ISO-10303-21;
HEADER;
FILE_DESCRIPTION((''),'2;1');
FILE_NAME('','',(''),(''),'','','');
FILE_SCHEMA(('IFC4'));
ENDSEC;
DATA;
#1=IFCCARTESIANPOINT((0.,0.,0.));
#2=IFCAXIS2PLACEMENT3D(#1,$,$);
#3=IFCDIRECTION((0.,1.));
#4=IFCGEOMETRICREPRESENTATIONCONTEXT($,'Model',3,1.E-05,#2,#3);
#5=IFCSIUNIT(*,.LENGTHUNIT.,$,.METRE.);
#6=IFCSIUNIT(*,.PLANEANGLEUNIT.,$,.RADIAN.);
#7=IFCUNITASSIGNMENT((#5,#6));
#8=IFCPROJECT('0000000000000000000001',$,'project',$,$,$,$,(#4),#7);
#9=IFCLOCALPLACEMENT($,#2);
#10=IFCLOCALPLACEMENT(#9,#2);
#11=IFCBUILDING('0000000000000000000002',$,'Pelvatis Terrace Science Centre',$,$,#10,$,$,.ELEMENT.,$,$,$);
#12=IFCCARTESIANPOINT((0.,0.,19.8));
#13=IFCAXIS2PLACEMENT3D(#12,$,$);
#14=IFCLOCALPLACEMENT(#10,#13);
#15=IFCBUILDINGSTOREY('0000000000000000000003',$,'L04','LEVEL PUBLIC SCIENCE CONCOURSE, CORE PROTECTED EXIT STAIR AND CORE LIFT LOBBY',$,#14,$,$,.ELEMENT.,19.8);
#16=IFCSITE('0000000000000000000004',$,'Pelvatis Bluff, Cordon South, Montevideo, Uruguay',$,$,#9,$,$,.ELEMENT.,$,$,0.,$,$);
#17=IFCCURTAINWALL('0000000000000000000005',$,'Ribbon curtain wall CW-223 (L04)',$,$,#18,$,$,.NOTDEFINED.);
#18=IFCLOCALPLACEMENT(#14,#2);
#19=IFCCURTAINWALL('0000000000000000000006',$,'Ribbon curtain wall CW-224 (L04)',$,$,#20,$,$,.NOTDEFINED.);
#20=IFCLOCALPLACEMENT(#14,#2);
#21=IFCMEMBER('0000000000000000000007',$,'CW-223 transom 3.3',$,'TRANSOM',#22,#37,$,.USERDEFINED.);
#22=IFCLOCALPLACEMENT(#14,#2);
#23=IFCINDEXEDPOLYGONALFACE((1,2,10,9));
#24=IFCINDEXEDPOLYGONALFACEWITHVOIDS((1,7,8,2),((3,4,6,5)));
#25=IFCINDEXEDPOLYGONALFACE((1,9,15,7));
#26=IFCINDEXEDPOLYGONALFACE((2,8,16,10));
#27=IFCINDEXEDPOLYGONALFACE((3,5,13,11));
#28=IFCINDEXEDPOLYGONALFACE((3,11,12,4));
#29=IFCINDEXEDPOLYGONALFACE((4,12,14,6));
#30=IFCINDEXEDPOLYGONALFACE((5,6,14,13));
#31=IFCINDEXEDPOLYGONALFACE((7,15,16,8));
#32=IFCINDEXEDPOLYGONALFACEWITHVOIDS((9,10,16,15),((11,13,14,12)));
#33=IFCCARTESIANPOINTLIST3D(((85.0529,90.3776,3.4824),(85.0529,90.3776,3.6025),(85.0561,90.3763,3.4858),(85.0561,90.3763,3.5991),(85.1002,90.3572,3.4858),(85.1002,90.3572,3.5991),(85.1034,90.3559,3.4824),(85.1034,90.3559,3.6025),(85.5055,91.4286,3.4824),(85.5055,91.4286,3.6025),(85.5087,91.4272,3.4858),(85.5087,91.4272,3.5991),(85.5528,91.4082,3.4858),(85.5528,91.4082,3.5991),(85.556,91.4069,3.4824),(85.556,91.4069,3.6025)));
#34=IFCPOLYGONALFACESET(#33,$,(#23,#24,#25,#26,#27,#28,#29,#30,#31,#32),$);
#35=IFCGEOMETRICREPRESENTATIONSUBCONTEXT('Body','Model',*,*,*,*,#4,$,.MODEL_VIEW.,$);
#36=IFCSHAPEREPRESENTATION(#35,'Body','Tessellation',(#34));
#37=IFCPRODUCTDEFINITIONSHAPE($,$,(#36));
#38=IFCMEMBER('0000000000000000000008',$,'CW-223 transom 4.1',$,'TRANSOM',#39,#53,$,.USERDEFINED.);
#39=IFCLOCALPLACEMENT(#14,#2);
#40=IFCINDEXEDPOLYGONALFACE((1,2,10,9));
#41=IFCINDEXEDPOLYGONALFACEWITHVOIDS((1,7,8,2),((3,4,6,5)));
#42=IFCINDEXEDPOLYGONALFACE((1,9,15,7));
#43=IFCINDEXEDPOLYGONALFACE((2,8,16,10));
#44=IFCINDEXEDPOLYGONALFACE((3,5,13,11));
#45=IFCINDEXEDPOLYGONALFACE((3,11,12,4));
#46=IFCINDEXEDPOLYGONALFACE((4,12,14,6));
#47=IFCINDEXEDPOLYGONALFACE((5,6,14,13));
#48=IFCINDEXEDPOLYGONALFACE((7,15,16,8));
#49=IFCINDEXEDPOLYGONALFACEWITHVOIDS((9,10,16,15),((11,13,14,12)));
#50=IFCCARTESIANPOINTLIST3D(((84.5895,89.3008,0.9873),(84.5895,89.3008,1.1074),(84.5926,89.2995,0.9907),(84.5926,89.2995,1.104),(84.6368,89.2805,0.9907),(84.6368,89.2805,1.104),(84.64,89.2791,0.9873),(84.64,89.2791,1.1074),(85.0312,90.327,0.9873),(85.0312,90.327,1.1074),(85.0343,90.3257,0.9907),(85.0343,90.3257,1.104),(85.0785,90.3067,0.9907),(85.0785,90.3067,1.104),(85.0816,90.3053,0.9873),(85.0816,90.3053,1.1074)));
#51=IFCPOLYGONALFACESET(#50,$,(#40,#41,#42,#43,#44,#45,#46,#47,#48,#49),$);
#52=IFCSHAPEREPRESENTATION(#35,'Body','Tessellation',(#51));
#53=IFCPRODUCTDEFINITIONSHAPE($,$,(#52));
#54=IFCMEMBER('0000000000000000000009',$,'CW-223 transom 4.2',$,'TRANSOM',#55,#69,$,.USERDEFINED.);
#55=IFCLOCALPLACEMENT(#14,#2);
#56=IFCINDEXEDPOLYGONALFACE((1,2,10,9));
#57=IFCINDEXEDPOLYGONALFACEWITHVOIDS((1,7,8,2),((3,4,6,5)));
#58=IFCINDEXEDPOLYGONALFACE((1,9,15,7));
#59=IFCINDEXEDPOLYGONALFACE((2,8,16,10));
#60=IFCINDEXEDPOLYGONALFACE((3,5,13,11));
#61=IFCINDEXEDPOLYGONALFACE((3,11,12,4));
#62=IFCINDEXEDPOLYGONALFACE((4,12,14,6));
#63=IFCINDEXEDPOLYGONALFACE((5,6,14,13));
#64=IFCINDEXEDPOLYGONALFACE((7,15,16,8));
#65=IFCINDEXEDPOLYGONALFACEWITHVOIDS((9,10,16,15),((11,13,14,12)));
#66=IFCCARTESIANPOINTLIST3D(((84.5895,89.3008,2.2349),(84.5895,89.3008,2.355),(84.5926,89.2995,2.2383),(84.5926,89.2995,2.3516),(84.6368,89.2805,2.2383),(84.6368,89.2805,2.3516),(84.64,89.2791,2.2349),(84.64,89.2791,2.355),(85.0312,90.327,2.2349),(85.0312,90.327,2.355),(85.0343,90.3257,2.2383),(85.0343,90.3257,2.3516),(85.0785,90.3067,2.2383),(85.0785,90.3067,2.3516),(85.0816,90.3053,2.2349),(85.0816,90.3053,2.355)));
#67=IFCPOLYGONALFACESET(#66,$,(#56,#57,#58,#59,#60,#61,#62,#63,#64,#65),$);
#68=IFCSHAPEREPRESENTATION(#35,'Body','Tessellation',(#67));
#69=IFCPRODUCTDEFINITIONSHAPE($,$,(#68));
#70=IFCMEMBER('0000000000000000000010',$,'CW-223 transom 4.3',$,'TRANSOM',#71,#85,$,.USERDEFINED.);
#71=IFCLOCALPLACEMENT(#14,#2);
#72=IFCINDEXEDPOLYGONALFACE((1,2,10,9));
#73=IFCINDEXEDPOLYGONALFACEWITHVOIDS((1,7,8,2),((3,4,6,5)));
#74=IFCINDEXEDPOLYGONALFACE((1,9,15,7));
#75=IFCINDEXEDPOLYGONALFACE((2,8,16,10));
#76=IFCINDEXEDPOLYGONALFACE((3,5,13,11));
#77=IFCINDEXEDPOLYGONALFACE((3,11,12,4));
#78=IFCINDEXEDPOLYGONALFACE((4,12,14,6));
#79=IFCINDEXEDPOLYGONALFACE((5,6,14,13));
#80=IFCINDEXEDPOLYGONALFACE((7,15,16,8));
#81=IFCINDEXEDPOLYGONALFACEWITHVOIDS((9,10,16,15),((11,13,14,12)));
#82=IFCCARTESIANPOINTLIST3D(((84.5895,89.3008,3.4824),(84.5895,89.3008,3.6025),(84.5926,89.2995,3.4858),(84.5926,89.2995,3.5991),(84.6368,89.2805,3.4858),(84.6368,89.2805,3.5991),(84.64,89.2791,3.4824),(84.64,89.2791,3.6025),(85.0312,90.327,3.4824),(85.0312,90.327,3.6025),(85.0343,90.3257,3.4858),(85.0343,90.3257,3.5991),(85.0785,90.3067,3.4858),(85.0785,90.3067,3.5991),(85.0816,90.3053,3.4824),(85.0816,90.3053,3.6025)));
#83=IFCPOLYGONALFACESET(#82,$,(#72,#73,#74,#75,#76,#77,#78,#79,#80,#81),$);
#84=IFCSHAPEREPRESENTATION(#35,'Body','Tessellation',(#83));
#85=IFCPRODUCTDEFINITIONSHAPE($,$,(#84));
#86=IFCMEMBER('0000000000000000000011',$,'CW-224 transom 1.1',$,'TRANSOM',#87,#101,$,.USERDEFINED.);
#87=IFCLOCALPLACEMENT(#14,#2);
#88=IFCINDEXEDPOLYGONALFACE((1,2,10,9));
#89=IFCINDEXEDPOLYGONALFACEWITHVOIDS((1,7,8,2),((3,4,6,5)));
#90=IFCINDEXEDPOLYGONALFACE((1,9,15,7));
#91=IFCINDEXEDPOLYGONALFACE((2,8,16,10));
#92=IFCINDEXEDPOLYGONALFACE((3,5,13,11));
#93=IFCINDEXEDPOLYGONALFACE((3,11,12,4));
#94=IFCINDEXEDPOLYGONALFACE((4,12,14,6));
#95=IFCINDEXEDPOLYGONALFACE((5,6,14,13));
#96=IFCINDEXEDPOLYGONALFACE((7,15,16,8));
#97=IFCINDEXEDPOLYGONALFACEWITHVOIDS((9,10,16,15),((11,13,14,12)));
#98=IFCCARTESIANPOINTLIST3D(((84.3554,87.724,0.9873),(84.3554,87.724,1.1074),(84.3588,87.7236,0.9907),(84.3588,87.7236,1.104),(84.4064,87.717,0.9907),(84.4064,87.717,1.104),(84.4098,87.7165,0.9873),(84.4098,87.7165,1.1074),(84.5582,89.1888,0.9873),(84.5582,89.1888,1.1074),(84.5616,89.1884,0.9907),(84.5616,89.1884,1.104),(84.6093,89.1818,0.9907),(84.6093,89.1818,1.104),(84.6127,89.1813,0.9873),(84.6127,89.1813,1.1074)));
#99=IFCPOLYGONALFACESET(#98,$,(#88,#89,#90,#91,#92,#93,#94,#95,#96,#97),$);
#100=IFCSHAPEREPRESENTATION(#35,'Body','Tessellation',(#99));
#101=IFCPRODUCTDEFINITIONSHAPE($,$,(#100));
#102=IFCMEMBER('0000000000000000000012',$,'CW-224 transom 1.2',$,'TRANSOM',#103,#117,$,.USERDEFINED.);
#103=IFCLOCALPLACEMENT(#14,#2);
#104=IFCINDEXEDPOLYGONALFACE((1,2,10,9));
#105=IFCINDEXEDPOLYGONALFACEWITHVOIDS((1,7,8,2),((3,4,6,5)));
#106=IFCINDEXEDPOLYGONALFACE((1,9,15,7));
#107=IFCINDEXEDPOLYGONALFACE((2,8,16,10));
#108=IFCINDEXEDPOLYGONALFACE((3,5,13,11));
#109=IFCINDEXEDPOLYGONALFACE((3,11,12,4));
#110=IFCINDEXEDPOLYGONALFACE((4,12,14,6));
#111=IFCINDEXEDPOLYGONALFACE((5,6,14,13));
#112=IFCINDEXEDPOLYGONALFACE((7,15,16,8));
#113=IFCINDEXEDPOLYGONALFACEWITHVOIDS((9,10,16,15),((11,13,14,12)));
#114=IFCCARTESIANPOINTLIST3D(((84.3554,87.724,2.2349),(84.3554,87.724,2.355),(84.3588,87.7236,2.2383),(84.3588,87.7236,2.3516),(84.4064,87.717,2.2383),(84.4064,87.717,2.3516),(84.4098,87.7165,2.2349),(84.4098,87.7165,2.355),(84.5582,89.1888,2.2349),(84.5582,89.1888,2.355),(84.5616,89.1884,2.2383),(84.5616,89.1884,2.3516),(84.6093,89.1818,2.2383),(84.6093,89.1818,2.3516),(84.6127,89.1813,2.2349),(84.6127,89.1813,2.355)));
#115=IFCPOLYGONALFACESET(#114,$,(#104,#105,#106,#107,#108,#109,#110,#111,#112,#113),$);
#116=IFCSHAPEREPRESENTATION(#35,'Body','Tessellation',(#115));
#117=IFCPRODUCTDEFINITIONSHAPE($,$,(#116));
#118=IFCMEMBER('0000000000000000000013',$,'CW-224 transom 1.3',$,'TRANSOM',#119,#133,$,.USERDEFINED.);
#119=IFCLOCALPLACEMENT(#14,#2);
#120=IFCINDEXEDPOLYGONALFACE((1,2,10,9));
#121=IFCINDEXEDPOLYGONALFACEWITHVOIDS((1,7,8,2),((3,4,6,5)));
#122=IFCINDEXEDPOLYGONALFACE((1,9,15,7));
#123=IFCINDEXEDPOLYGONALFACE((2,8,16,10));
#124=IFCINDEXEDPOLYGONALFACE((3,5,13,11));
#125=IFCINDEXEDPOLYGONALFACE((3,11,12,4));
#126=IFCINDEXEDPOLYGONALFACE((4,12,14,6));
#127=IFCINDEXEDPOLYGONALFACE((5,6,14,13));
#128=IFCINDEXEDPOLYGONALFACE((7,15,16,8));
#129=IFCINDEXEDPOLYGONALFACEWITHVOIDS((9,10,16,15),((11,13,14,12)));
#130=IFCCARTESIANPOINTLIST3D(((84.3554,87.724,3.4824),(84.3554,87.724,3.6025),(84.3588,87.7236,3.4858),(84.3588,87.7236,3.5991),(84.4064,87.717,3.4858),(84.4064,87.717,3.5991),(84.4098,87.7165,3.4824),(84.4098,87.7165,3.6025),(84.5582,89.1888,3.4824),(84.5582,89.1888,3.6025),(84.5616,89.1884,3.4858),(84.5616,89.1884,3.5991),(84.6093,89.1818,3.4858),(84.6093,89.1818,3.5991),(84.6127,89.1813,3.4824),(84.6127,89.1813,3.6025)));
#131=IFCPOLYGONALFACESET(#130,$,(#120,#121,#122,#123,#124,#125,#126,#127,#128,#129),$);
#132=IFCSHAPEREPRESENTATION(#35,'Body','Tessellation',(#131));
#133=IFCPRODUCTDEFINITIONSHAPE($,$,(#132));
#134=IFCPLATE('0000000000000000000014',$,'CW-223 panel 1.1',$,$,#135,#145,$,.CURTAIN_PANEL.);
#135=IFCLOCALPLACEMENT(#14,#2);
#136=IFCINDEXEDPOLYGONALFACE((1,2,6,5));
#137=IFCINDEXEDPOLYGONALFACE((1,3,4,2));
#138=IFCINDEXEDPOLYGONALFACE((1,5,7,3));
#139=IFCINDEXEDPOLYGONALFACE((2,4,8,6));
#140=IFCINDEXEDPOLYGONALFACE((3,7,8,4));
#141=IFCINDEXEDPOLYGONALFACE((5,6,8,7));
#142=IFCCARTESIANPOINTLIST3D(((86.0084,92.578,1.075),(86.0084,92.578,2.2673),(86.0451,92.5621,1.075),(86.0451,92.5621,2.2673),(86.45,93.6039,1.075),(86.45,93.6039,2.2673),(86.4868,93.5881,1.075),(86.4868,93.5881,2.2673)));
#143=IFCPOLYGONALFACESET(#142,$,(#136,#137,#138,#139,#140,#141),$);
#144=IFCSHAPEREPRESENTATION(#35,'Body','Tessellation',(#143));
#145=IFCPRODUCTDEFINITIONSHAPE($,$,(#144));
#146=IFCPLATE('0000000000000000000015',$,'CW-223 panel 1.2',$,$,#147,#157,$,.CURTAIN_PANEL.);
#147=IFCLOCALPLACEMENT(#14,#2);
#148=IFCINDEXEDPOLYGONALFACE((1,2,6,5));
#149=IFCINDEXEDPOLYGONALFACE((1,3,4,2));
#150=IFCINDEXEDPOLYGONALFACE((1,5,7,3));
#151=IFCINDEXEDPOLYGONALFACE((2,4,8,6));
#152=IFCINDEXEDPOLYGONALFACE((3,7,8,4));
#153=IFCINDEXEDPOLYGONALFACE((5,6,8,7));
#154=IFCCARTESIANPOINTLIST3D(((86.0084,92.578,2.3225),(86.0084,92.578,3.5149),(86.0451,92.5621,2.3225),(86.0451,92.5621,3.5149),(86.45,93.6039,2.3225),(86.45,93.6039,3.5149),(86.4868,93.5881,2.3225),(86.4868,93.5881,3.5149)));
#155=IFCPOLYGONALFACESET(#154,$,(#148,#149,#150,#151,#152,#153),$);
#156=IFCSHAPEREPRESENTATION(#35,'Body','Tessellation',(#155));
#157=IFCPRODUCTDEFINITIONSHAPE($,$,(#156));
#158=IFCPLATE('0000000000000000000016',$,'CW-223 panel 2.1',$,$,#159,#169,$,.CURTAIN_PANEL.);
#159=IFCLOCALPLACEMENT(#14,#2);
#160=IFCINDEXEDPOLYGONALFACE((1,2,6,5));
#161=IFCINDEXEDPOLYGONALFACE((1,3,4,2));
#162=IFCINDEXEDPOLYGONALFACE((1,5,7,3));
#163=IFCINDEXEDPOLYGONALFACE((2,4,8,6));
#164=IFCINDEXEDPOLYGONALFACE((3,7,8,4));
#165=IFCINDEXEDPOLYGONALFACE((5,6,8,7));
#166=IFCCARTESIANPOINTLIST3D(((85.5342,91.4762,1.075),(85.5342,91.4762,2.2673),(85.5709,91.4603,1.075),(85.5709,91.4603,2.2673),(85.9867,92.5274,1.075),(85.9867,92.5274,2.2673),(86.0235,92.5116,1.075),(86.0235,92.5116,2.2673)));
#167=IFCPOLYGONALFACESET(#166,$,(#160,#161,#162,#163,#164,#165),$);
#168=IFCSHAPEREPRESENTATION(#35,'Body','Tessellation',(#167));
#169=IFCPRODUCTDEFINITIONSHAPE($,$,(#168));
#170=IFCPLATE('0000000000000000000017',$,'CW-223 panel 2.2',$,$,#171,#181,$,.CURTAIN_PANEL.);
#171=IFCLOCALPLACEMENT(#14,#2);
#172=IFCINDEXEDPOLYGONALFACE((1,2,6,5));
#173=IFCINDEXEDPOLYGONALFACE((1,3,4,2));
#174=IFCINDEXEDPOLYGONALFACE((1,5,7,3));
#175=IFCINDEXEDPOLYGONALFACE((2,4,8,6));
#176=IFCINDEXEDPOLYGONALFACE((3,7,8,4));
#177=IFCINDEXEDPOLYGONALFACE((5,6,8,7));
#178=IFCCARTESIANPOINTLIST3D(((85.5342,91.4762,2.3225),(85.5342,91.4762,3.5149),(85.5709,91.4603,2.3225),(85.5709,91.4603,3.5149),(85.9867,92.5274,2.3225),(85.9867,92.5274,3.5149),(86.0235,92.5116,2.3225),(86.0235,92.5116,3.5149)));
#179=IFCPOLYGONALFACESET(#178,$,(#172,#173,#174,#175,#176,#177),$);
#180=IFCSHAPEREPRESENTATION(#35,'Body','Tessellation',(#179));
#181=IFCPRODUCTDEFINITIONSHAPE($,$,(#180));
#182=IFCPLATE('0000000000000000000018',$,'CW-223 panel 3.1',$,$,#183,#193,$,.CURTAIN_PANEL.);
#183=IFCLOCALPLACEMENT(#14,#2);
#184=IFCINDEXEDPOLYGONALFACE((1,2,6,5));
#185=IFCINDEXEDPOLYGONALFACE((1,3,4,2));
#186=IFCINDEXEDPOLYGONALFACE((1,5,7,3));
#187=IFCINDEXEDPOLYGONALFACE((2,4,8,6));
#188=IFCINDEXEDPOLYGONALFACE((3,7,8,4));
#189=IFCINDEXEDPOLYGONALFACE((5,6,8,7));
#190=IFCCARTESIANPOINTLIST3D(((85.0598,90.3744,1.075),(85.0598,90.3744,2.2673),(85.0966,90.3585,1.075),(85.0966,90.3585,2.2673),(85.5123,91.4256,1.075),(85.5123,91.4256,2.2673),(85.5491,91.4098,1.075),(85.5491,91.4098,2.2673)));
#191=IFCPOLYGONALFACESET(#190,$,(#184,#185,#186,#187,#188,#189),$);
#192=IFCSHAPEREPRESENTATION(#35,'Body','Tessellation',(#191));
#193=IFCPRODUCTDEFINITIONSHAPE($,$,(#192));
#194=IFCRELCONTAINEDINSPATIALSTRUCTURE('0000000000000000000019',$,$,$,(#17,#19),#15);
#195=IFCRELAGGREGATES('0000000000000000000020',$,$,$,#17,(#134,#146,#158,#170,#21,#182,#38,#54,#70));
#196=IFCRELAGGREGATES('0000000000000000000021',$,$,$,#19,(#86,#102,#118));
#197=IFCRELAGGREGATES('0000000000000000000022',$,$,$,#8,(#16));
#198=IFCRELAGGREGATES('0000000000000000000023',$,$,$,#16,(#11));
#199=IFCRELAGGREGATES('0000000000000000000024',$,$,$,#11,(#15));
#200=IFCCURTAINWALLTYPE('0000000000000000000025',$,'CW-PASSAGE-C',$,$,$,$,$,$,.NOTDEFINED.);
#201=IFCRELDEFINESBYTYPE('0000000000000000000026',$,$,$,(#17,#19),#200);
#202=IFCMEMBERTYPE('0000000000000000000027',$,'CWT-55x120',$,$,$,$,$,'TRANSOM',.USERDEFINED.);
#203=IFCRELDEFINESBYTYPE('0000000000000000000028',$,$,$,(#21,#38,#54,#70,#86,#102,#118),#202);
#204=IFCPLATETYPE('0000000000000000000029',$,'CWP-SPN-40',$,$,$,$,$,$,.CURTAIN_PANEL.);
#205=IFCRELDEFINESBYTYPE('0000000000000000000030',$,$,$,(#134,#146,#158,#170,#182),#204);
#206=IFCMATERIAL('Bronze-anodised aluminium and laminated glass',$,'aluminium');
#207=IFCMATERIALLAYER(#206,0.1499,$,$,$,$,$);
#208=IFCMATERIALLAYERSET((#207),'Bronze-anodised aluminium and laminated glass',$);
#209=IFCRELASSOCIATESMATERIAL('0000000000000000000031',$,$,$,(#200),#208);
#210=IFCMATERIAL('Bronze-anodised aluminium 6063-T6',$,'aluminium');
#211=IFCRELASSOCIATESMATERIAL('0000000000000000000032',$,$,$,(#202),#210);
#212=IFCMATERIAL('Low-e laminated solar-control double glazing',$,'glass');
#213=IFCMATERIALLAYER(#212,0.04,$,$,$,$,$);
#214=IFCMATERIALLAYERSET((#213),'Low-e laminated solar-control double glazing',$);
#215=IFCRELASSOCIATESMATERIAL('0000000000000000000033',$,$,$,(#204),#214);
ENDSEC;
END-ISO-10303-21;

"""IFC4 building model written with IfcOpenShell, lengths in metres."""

from ifc_helpers import new_model, si_unit, direction, frame, origin, origin_2d, place, context, subcontext, project, spatial, rectangle, hollow_rectangle, extrude, material, layer, layer_set, material_profile, profile_set, type_object, element, aggregate, save


model = new_model("IFC4")

# Units and contexts
model_context = context("Model", 3, precision=1e-05, world=origin(), true_north=direction((0.0, 1.0)))
body_context = subcontext(model_context, "Body", "Model", "MODEL_VIEW")
ifc_project = project(units=[si_unit("LENGTHUNIT", "METRE"), si_unit("PLANEANGLEUNIT", "RADIAN")], contexts=[model_context])

# Site, building, storey
site_placement = place(None, origin())
site = spatial("IfcSite", under=ifc_project, at=site_placement, Name="Pelvatis Bluff, Cordon South, Montevideo, Uruguay", CompositionType="ELEMENT", RefElevation=0.0)
building_placement = place(site_placement, origin())
building = spatial("IfcBuilding", under=site, at=building_placement, Name="Pelvatis Terrace Science Centre", CompositionType="ELEMENT")
storey_placement = place(building_placement, frame((0.0, 0.0, 19.8)))
storey = spatial("IfcBuildingStorey", under=building, at=storey_placement, Name="L04", Description="LEVEL PUBLIC SCIENCE CONCOURSE, CORE PROTECTED EXIT STAIR AND CORE LIFT LOBBY", CompositionType="ELEMENT", Elevation=19.8)

# Curtain wall
ifc_material_1 = material(Name="Bronze-anodised aluminium and laminated glass", Category="aluminium")
ifc_layer_1 = layer(ifc_material_1, 0.1499)
ifc_layer_set_1 = layer_set([ifc_layer_1], Name="Bronze-anodised aluminium and laminated glass")
curtain_wall_type = type_object("IfcCurtainWallType", Name="CW-PASSAGE-C", PredefinedType="NOTDEFINED", material=ifc_layer_set_1)
curtain_wall_1_placement = place(storey_placement, origin())
curtain_wall_1 = element("IfcCurtainWall", 1, at=curtain_wall_1_placement, inside=storey, type_object=curtain_wall_type, Name="Ribbon curtain wall CW-223 (L04)", PredefinedType="NOTDEFINED")

# Curtain wall
curtain_wall_2_placement = place(storey_placement, origin())
curtain_wall_2 = element("IfcCurtainWall", 2, at=curtain_wall_2_placement, inside=storey, type_object=curtain_wall_type, Name="Ribbon curtain wall CW-224 (L04)", PredefinedType="NOTDEFINED")

# Members
ifc_material_2 = material(Name="Bronze-anodised aluminium 6063-T6", Category="aluminium")
ifc_material_profile_1 = material_profile(ifc_material_2, hollow_rectangle(XDim=0.0549, YDim=0.1201, WallThickness=0.0034, at=origin_2d()), Name="ALU-TRN 55x120")
ifc_profile_set_1 = profile_set([ifc_material_profile_1], Name="Bronze-anodised aluminium 6063-T6")
member_type_1 = type_object("IfcMemberType", Name="CWT-55x120", ElementType="TRANSOM", PredefinedType="USERDEFINED", material=ifc_profile_set_1)
member_1_placement = place(storey_placement, frame((85.5308, 91.4177, 3.5425), z_axis=(-0.395541, -0.918448, 0.0), x_axis=(0.918448, -0.395541, 0.0)))
member_1 = element("IfcMember", 3, at=member_1_placement, type_object=member_type_1, Name="CW-223 transom 3.3", ObjectType="TRANSOM", PredefinedType="USERDEFINED", context=body_context, shape_type="SweptSolid", body=[
    extrude(hollow_rectangle(XDim=0.0549, YDim=0.1201, WallThickness=0.0034, at=origin_2d()), origin(), (0.0, 0.0, 1.0), 1.1443),
])
member_2_placement = place(storey_placement, frame((85.0564, 90.3162, 1.0474), z_axis=(-0.395343, -0.918534, 0.0), x_axis=(0.918534, -0.395343, 0.0)))
member_2 = element("IfcMember", 4, at=member_2_placement, type_object=member_type_1, Name="CW-223 transom 4.1", ObjectType="TRANSOM", PredefinedType="USERDEFINED", context=body_context, shape_type="SweptSolid", body=[
    extrude(hollow_rectangle(XDim=0.0549, YDim=0.1201, WallThickness=0.0034, at=origin_2d()), origin(), (0.0, 0.0, 1.0), 1.1172),
])
member_3_placement = place(storey_placement, frame((85.0564, 90.3162, 2.2949), z_axis=(-0.395343, -0.918534, 0.0), x_axis=(0.918534, -0.395343, 0.0)))
member_3 = element("IfcMember", 5, at=member_3_placement, type_object=member_type_1, Name="CW-223 transom 4.2", ObjectType="TRANSOM", PredefinedType="USERDEFINED", context=body_context, shape_type="SweptSolid", body=[
    extrude(hollow_rectangle(XDim=0.0549, YDim=0.1201, WallThickness=0.0034, at=origin_2d()), origin(), (0.0, 0.0, 1.0), 1.1172),
])
member_4_placement = place(storey_placement, frame((85.0564, 90.3162, 3.5425), z_axis=(-0.395343, -0.918534, 0.0), x_axis=(0.918534, -0.395343, 0.0)))
member_4 = element("IfcMember", 6, at=member_4_placement, type_object=member_type_1, Name="CW-223 transom 4.3", ObjectType="TRANSOM", PredefinedType="USERDEFINED", context=body_context, shape_type="SweptSolid", body=[
    extrude(hollow_rectangle(XDim=0.0549, YDim=0.1201, WallThickness=0.0034, at=origin_2d()), origin(), (0.0, 0.0, 1.0), 1.1172),
])
member_5_placement = place(storey_placement, frame((84.5854, 89.1851, 1.0474), z_axis=(-0.13719, -0.990545, 0.0), x_axis=(0.990545, -0.13719, 0.0)))
member_5 = element("IfcMember", 7, at=member_5_placement, type_object=member_type_1, Name="CW-224 transom 1.1", ObjectType="TRANSOM", PredefinedType="USERDEFINED", context=body_context, shape_type="SweptSolid", body=[
    extrude(hollow_rectangle(XDim=0.0549, YDim=0.1201, WallThickness=0.0034, at=origin_2d()), origin(), (0.0, 0.0, 1.0), 1.4788),
])
member_6_placement = place(storey_placement, frame((84.5854, 89.1851, 2.2949), z_axis=(-0.13719, -0.990545, 0.0), x_axis=(0.990545, -0.13719, 0.0)))
member_6 = element("IfcMember", 8, at=member_6_placement, type_object=member_type_1, Name="CW-224 transom 1.2", ObjectType="TRANSOM", PredefinedType="USERDEFINED", context=body_context, shape_type="SweptSolid", body=[
    extrude(hollow_rectangle(XDim=0.0549, YDim=0.1201, WallThickness=0.0034, at=origin_2d()), origin(), (0.0, 0.0, 1.0), 1.4788),
])
member_7_placement = place(storey_placement, frame((84.5854, 89.1851, 3.5425), z_axis=(-0.13719, -0.990545, 0.0), x_axis=(0.990545, -0.13719, 0.0)))
member_7 = element("IfcMember", 9, at=member_7_placement, type_object=member_type_1, Name="CW-224 transom 1.3", ObjectType="TRANSOM", PredefinedType="USERDEFINED", context=body_context, shape_type="SweptSolid", body=[
    extrude(hollow_rectangle(XDim=0.0549, YDim=0.1201, WallThickness=0.0034, at=origin_2d()), origin(), (0.0, 0.0, 1.0), 1.4788),
])

# Plates
ifc_material_3 = material(Name="Low-e laminated solar-control double glazing", Category="glass")
ifc_layer_2 = layer(ifc_material_3, 0.04)
ifc_layer_set_2 = layer_set([ifc_layer_2], Name="Low-e laminated solar-control double glazing")
plate_type = type_object("IfcPlateType", Name="CWP-SPN-40", PredefinedType="CURTAIN_PANEL", material=ifc_layer_set_2)
plate_1_placement = place(storey_placement, frame((86.2476, 93.083, 1.075), z_axis=(0.0, 0.0, 1.0), x_axis=(-0.395385, -0.918515, 0.0)))
plate_1 = element("IfcPlate", 10, at=plate_1_placement, type_object=plate_type, Name="CW-223 panel 1.1", PredefinedType="CURTAIN_PANEL", context=body_context, shape_type="SweptSolid", body=[
    extrude(rectangle(XDim=1.1169, YDim=0.04, at=origin_2d()), origin(), (0.0, 0.0, 1.0), 1.1924),
])
plate_2_placement = place(storey_placement, frame((86.2476, 93.083, 2.3225), z_axis=(0.0, 0.0, 1.0), x_axis=(-0.395385, -0.918515, 0.0)))
plate_2 = element("IfcPlate", 11, at=plate_2_placement, type_object=plate_type, Name="CW-223 panel 1.2", PredefinedType="CURTAIN_PANEL", context=body_context, shape_type="SweptSolid", body=[
    extrude(rectangle(XDim=1.1169, YDim=0.04, at=origin_2d()), origin(), (0.0, 0.0, 1.0), 1.1924),
])
plate_3_placement = place(storey_placement, frame((85.7788, 91.9939, 1.075), z_axis=(0.0, 0.0, 1.0), x_axis=(-0.395385, -0.918515, 0.0)))
plate_3 = element("IfcPlate", 12, at=plate_3_placement, type_object=plate_type, Name="CW-223 panel 2.1", PredefinedType="CURTAIN_PANEL", context=body_context, shape_type="SweptSolid", body=[
    extrude(rectangle(XDim=1.1445, YDim=0.04, at=origin_2d()), origin(), (0.0, 0.0, 1.0), 1.1924),
])
plate_4_placement = place(storey_placement, frame((85.7788, 91.9939, 2.3225), z_axis=(0.0, 0.0, 1.0), x_axis=(-0.395385, -0.918515, 0.0)))
plate_4 = element("IfcPlate", 13, at=plate_4_placement, type_object=plate_type, Name="CW-223 panel 2.2", PredefinedType="CURTAIN_PANEL", context=body_context, shape_type="SweptSolid", body=[
    extrude(rectangle(XDim=1.1445, YDim=0.04, at=origin_2d()), origin(), (0.0, 0.0, 1.0), 1.1924),
])
plate_5_placement = place(storey_placement, frame((85.3044, 90.8921, 1.075), z_axis=(0.0, 0.0, 1.0), x_axis=(-0.395385, -0.918515, 0.0)))
plate_5 = element("IfcPlate", 14, at=plate_5_placement, type_object=plate_type, Name="CW-223 panel 3.1", PredefinedType="CURTAIN_PANEL", context=body_context, shape_type="SweptSolid", body=[
    extrude(rectangle(XDim=1.1445, YDim=0.04, at=origin_2d()), origin(), (0.0, 0.0, 1.0), 1.1924),
])
aggregate(curtain_wall_1, [plate_1, plate_2, plate_3, plate_4, member_1, plate_5, member_2, member_3, member_4])
aggregate(curtain_wall_2, [member_5, member_6, member_7])

save(model, "model.ifc")
